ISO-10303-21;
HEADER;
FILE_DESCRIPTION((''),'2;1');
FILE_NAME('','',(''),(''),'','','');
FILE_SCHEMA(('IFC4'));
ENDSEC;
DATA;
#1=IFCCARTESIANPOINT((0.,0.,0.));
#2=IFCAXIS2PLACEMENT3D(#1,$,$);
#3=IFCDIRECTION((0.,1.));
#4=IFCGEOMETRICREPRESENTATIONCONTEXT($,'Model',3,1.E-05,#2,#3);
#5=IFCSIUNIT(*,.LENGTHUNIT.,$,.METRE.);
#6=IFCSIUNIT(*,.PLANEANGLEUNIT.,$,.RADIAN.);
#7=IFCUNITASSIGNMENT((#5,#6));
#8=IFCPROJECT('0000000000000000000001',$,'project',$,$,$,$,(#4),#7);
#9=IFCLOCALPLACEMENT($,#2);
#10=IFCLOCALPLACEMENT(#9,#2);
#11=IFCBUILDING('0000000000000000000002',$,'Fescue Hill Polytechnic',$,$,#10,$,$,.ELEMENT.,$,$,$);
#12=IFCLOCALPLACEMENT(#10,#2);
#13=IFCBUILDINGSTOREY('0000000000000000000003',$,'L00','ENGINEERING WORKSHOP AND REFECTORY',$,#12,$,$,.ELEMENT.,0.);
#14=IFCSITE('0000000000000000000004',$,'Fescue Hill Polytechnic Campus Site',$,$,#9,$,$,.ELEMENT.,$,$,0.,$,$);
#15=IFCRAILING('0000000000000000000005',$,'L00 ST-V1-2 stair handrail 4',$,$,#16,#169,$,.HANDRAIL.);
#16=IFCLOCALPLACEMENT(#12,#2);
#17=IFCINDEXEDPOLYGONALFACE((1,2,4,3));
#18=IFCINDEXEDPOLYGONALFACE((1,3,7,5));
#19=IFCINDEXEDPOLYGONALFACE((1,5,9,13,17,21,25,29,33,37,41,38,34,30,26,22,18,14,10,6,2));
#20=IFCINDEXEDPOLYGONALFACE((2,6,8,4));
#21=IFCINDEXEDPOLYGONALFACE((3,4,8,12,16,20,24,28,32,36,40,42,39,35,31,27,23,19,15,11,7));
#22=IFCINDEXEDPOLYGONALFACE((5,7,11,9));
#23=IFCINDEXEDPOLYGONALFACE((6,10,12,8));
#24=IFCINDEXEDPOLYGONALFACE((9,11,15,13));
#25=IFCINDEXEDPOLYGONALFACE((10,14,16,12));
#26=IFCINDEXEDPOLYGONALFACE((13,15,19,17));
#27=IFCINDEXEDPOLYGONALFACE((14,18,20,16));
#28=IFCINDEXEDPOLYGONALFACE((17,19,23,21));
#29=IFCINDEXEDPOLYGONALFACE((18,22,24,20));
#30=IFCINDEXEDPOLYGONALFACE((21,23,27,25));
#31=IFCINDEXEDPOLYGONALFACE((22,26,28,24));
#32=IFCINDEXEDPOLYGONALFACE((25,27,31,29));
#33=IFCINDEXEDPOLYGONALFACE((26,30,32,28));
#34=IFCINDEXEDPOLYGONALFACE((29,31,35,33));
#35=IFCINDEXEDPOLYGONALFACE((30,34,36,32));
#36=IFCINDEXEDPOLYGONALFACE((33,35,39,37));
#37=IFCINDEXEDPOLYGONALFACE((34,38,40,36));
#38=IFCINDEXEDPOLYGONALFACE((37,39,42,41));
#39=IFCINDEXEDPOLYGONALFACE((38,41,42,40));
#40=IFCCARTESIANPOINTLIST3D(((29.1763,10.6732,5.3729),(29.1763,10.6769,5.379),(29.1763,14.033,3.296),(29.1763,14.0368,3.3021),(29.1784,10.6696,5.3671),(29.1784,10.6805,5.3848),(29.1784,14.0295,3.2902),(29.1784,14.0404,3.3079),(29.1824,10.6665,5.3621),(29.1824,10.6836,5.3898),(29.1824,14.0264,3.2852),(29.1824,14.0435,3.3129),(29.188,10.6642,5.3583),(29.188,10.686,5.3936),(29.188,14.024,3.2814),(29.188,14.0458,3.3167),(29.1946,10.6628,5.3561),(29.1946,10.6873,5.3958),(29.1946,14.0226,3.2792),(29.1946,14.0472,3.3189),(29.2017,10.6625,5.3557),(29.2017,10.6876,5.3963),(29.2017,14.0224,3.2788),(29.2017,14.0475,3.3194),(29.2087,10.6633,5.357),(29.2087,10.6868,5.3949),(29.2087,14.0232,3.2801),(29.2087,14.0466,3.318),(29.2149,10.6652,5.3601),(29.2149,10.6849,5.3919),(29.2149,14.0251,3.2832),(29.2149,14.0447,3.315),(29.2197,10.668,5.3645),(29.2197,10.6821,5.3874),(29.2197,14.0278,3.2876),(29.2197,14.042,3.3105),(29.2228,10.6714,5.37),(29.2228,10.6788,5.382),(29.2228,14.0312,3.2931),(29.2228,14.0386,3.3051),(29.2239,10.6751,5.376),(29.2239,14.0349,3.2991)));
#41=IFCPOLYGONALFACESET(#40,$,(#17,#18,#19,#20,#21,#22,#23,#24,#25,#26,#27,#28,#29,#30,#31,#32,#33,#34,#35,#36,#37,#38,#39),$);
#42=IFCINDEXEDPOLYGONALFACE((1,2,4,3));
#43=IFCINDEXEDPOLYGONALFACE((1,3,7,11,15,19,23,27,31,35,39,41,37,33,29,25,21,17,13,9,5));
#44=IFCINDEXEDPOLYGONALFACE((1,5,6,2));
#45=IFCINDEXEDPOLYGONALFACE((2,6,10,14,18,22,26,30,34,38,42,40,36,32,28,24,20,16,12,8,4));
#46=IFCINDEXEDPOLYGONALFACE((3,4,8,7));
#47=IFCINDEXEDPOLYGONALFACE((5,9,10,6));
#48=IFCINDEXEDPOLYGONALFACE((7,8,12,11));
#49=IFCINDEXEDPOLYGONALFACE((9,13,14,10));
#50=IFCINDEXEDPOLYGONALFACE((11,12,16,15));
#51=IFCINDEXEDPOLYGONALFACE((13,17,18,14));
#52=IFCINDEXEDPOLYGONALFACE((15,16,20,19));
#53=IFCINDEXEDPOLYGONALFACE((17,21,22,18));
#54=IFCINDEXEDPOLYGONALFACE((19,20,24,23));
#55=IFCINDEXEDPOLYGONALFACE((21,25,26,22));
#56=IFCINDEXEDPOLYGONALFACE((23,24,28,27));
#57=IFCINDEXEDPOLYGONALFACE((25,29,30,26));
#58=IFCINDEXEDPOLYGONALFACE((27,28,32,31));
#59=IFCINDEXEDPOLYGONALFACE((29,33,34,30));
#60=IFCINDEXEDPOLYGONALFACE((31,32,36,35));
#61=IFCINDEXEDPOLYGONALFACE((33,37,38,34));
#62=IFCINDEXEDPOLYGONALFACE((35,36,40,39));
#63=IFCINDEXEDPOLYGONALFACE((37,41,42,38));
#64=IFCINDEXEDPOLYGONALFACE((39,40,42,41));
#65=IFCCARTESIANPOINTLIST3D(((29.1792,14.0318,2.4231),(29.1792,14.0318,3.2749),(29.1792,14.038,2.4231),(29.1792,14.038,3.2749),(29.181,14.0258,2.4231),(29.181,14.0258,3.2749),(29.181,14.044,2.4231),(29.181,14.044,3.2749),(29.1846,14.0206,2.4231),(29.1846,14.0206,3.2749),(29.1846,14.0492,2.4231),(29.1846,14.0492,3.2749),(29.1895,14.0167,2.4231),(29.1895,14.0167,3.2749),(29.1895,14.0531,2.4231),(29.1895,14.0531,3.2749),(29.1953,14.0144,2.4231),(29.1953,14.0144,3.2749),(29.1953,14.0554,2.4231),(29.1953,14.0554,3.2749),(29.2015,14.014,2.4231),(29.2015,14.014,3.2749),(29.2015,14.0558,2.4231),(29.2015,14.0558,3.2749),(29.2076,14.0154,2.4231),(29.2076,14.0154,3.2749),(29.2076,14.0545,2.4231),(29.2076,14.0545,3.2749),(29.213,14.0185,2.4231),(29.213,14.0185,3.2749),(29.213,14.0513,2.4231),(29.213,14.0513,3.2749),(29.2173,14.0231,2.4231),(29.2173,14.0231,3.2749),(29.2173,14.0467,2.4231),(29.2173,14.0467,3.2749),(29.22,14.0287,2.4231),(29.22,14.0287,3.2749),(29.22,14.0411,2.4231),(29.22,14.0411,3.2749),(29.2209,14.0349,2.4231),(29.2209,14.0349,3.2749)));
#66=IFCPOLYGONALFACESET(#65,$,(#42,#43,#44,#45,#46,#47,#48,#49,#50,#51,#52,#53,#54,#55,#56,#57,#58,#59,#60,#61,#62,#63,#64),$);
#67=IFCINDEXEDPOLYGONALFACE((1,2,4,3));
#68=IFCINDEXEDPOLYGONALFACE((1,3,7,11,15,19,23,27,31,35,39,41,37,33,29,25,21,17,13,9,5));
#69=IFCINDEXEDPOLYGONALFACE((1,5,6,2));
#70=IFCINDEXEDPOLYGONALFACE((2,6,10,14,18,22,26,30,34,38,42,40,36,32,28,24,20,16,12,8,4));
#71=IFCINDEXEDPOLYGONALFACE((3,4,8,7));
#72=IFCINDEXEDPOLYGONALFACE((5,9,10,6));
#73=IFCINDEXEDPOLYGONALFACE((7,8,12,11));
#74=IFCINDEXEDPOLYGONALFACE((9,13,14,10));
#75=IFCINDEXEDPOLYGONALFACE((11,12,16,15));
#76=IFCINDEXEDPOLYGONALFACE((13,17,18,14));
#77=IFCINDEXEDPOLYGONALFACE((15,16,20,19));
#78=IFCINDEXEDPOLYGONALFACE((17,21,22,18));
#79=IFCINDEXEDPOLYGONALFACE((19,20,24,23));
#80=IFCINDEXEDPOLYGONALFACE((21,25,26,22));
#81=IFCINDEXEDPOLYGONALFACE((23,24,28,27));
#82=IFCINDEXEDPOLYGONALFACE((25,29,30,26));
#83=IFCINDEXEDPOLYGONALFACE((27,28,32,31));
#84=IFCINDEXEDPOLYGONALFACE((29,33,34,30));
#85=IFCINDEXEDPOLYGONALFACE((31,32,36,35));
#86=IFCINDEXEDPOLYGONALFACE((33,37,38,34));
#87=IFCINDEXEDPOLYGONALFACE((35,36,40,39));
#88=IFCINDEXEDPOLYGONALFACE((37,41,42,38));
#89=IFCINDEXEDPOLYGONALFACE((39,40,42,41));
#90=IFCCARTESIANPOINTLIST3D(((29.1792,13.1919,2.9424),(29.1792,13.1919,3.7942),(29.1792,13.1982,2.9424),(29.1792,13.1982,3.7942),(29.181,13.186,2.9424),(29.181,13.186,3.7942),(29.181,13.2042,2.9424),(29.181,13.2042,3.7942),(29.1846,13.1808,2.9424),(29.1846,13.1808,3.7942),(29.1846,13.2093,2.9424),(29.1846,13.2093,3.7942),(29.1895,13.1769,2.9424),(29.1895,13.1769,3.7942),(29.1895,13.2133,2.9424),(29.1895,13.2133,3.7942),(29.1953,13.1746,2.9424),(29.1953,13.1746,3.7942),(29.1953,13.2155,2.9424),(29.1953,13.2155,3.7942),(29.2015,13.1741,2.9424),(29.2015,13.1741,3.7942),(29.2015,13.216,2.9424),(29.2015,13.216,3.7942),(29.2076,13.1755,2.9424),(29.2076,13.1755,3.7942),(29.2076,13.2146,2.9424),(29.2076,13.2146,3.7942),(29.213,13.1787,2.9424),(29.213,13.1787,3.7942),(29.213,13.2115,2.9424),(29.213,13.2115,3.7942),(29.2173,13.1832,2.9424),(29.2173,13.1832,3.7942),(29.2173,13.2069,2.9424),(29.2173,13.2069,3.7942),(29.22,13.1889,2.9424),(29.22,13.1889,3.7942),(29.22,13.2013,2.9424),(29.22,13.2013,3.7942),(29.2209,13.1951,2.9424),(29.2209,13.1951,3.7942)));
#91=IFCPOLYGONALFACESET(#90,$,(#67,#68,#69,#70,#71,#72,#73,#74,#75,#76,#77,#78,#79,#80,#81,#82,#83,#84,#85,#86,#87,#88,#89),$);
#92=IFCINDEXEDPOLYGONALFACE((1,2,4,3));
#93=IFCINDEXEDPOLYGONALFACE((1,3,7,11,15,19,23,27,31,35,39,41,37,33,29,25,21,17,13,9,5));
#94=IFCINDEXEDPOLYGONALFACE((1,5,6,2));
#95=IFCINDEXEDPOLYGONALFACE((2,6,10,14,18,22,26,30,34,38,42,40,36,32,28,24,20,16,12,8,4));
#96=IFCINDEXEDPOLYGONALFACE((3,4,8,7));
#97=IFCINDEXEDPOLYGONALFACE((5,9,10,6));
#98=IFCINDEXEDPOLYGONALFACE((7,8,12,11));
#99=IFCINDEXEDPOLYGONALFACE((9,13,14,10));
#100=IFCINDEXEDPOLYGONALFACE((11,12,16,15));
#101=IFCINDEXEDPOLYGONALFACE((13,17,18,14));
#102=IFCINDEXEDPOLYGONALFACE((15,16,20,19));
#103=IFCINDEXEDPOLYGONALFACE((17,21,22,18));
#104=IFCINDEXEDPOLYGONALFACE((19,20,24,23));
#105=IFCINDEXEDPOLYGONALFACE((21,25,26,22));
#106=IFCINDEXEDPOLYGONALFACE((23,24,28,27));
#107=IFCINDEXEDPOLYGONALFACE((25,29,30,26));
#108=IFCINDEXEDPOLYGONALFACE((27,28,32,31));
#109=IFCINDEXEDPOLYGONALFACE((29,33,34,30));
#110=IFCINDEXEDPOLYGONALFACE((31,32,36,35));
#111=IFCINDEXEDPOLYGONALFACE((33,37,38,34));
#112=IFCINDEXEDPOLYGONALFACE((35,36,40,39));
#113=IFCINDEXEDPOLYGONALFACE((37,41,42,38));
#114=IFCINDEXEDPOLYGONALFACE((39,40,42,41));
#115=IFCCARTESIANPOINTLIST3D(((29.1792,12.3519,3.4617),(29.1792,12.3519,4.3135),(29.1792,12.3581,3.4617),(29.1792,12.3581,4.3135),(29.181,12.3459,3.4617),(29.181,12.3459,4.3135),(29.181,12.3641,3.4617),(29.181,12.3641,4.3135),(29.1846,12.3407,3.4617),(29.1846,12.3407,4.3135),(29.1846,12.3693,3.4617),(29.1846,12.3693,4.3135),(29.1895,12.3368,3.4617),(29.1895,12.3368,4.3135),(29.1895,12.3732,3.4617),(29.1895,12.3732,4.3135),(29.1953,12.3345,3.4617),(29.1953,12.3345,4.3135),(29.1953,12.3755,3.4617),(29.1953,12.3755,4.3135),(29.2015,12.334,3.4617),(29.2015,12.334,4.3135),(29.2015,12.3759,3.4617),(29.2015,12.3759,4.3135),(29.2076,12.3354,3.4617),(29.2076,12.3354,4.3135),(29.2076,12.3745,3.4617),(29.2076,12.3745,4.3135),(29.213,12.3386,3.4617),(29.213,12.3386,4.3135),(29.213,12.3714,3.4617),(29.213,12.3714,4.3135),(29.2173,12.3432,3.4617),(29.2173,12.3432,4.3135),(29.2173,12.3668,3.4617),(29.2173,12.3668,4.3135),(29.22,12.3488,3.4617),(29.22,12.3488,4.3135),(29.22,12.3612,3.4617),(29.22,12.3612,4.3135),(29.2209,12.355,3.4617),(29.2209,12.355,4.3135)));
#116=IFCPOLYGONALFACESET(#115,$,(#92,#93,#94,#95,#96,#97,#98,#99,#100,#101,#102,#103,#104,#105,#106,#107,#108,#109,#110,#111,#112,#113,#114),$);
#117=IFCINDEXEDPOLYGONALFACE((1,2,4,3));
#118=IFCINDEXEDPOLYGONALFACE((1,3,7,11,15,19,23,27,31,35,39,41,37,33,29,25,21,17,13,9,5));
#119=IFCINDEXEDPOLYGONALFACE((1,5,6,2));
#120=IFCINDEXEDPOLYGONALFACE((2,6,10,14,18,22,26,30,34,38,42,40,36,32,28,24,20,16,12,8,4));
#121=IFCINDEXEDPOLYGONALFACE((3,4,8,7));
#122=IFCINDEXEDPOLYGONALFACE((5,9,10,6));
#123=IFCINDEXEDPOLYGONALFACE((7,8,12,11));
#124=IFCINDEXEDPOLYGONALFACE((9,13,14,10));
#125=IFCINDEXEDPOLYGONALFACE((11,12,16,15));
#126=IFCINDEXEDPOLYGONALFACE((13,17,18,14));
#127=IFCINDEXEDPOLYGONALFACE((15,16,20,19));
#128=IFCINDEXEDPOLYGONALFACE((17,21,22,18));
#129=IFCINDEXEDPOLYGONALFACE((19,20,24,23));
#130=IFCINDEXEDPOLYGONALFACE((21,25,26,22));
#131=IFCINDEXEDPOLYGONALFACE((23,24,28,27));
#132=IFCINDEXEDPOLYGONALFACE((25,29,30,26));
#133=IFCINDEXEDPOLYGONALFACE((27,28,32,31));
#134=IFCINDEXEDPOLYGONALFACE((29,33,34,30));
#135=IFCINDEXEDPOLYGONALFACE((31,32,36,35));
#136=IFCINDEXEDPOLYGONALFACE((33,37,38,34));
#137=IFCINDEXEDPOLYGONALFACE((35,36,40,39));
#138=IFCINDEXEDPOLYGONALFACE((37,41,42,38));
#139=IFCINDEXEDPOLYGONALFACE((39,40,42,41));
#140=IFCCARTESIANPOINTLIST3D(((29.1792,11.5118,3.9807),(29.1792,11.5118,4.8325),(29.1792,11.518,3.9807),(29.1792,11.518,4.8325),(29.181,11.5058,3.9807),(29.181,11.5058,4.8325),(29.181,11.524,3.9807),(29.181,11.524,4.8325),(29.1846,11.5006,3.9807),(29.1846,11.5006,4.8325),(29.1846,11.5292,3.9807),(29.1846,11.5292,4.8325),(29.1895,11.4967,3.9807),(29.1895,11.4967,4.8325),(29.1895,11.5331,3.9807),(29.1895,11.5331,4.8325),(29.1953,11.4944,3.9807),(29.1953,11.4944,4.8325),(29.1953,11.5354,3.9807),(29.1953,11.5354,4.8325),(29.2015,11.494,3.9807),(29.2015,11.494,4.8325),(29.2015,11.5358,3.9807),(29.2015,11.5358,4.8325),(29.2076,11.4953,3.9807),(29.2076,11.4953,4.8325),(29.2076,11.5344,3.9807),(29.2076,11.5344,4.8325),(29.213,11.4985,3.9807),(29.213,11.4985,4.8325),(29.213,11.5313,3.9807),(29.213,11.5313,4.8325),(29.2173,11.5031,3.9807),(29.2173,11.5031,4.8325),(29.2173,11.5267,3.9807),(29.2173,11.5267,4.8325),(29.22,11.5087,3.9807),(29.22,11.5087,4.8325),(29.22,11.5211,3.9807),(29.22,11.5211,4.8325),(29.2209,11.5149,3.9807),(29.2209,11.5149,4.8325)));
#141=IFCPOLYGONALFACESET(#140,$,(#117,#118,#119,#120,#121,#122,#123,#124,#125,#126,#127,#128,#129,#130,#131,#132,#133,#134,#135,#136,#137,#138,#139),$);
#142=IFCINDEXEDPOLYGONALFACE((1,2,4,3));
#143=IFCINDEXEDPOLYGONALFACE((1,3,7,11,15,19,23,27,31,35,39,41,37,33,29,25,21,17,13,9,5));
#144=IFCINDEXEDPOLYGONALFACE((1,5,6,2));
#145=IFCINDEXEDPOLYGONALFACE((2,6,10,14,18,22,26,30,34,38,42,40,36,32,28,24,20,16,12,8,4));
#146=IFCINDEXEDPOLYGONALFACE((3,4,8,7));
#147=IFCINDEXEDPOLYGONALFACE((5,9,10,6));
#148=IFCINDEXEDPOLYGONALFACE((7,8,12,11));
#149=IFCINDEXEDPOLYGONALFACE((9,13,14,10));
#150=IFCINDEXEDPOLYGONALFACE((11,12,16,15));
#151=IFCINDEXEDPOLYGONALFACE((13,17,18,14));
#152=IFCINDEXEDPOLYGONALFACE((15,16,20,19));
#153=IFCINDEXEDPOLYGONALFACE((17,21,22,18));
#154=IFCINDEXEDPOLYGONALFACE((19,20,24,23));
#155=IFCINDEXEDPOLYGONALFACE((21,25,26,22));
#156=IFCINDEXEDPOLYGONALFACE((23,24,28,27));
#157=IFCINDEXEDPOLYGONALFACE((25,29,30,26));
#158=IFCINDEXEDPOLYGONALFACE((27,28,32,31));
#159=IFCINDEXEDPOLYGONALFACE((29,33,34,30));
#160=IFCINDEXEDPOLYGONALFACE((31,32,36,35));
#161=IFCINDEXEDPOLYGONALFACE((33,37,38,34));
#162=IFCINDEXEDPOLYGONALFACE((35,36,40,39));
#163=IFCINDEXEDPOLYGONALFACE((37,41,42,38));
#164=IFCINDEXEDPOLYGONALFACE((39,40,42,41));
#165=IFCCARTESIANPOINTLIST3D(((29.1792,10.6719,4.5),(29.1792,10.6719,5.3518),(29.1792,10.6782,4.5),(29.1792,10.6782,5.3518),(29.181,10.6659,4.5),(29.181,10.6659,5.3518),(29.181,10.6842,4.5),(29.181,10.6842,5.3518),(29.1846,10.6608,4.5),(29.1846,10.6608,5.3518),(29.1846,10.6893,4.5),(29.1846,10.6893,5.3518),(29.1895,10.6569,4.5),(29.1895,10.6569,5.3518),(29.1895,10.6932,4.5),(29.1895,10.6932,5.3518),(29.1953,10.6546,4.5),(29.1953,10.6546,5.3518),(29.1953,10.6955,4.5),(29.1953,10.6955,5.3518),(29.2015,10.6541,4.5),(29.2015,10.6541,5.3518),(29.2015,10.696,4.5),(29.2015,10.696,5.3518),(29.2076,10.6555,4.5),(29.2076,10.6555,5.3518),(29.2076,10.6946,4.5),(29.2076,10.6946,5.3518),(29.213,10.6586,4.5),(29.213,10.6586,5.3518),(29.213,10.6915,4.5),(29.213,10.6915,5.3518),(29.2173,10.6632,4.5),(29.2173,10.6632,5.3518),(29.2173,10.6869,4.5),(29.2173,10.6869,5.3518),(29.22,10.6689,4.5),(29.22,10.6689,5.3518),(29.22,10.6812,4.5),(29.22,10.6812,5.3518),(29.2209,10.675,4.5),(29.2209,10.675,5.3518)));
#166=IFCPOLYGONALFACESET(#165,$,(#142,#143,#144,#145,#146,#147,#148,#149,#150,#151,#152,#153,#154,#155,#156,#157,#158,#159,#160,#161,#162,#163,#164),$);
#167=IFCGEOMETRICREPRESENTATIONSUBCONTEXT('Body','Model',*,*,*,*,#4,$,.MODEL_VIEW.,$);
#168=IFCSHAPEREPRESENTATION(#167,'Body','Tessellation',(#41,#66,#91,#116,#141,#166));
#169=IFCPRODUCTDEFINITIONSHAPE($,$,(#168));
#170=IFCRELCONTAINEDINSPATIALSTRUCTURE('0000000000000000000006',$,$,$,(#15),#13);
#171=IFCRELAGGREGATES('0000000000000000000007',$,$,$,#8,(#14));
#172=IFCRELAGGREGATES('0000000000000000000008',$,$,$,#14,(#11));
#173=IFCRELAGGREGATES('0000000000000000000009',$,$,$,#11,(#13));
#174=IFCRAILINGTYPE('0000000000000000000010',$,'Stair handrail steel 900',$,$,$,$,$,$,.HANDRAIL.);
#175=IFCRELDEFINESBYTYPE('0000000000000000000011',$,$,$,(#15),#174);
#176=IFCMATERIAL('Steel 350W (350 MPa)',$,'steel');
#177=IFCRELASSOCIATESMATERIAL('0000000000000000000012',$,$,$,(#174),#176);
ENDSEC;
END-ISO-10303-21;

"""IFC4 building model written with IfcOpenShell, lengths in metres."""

from ifc_helpers import new_model, si_unit, direction, frame, origin, origin_2d, place, context, subcontext, project, spatial, circle, extrude, material, type_object, element, save


model = new_model("IFC4")

# Units and contexts
model_context = context("Model", 3, precision=1e-05, world=origin(), true_north=direction((0.0, 1.0)))
body_context = subcontext(model_context, "Body", "Model", "MODEL_VIEW")
ifc_project = project(units=[si_unit("LENGTHUNIT", "METRE"), si_unit("PLANEANGLEUNIT", "RADIAN")], contexts=[model_context])

# Site, building, storey
site_placement = place(None, origin())
site = spatial("IfcSite", under=ifc_project, at=site_placement, Name="Fescue Hill Polytechnic Campus Site", CompositionType="ELEMENT", RefElevation=0.0)
building_placement = place(site_placement, origin())
building = spatial("IfcBuilding", under=site, at=building_placement, Name="Fescue Hill Polytechnic", CompositionType="ELEMENT")
storey_placement = place(building_placement, origin())
storey = spatial("IfcBuildingStorey", under=building, at=storey_placement, Name="L00", Description="ENGINEERING WORKSHOP AND REFECTORY", CompositionType="ELEMENT", Elevation=0.0)

# Railing
ifc_material_1 = material(Name="Steel 350W (350 MPa)", Category="steel")
railing_type_1 = type_object("IfcRailingType", Name="Stair handrail steel 900", PredefinedType="HANDRAIL", material=ifc_material_1)
railing_1_placement = place(storey_placement, frame((29.2, 14.0349, 2.4231)))
element("IfcRailing", 1, at=railing_1_placement, inside=storey, type_object=railing_type_1, Name="L00 ST-V1-2 stair handrail 4", PredefinedType="HANDRAIL", context=body_context, shape_type="SweptSolid", body=[
    extrude(circle(Radius=0.0239, at=origin_2d()), frame((0.0, 0.0, 0.876), z_axis=(0.0, -0.850606, 0.525803), x_axis=(1.0, 0.0, 0.0)), (0.0, 0.0, 1.0), 3.95),
    extrude(circle(Radius=0.021, at=origin_2d()), origin(), (0.0, 0.0, 1.0), 0.8518),
    extrude(circle(Radius=0.021, at=origin_2d()), frame((0.0, -0.8398, 0.5193)), (0.0, 0.0, 1.0), 0.8518),
    extrude(circle(Radius=0.021, at=origin_2d()), frame((0.0, -1.6799, 1.0386)), (0.0, 0.0, 1.0), 0.8518),
    extrude(circle(Radius=0.021, at=origin_2d()), frame((0.0, -2.52, 1.5576)), (0.0, 0.0, 1.0), 0.8518),
    extrude(circle(Radius=0.021, at=origin_2d()), frame((0.0, -3.3599, 2.0769)), (0.0, 0.0, 1.0), 0.8518),
])

save(model, "model.ifc")
